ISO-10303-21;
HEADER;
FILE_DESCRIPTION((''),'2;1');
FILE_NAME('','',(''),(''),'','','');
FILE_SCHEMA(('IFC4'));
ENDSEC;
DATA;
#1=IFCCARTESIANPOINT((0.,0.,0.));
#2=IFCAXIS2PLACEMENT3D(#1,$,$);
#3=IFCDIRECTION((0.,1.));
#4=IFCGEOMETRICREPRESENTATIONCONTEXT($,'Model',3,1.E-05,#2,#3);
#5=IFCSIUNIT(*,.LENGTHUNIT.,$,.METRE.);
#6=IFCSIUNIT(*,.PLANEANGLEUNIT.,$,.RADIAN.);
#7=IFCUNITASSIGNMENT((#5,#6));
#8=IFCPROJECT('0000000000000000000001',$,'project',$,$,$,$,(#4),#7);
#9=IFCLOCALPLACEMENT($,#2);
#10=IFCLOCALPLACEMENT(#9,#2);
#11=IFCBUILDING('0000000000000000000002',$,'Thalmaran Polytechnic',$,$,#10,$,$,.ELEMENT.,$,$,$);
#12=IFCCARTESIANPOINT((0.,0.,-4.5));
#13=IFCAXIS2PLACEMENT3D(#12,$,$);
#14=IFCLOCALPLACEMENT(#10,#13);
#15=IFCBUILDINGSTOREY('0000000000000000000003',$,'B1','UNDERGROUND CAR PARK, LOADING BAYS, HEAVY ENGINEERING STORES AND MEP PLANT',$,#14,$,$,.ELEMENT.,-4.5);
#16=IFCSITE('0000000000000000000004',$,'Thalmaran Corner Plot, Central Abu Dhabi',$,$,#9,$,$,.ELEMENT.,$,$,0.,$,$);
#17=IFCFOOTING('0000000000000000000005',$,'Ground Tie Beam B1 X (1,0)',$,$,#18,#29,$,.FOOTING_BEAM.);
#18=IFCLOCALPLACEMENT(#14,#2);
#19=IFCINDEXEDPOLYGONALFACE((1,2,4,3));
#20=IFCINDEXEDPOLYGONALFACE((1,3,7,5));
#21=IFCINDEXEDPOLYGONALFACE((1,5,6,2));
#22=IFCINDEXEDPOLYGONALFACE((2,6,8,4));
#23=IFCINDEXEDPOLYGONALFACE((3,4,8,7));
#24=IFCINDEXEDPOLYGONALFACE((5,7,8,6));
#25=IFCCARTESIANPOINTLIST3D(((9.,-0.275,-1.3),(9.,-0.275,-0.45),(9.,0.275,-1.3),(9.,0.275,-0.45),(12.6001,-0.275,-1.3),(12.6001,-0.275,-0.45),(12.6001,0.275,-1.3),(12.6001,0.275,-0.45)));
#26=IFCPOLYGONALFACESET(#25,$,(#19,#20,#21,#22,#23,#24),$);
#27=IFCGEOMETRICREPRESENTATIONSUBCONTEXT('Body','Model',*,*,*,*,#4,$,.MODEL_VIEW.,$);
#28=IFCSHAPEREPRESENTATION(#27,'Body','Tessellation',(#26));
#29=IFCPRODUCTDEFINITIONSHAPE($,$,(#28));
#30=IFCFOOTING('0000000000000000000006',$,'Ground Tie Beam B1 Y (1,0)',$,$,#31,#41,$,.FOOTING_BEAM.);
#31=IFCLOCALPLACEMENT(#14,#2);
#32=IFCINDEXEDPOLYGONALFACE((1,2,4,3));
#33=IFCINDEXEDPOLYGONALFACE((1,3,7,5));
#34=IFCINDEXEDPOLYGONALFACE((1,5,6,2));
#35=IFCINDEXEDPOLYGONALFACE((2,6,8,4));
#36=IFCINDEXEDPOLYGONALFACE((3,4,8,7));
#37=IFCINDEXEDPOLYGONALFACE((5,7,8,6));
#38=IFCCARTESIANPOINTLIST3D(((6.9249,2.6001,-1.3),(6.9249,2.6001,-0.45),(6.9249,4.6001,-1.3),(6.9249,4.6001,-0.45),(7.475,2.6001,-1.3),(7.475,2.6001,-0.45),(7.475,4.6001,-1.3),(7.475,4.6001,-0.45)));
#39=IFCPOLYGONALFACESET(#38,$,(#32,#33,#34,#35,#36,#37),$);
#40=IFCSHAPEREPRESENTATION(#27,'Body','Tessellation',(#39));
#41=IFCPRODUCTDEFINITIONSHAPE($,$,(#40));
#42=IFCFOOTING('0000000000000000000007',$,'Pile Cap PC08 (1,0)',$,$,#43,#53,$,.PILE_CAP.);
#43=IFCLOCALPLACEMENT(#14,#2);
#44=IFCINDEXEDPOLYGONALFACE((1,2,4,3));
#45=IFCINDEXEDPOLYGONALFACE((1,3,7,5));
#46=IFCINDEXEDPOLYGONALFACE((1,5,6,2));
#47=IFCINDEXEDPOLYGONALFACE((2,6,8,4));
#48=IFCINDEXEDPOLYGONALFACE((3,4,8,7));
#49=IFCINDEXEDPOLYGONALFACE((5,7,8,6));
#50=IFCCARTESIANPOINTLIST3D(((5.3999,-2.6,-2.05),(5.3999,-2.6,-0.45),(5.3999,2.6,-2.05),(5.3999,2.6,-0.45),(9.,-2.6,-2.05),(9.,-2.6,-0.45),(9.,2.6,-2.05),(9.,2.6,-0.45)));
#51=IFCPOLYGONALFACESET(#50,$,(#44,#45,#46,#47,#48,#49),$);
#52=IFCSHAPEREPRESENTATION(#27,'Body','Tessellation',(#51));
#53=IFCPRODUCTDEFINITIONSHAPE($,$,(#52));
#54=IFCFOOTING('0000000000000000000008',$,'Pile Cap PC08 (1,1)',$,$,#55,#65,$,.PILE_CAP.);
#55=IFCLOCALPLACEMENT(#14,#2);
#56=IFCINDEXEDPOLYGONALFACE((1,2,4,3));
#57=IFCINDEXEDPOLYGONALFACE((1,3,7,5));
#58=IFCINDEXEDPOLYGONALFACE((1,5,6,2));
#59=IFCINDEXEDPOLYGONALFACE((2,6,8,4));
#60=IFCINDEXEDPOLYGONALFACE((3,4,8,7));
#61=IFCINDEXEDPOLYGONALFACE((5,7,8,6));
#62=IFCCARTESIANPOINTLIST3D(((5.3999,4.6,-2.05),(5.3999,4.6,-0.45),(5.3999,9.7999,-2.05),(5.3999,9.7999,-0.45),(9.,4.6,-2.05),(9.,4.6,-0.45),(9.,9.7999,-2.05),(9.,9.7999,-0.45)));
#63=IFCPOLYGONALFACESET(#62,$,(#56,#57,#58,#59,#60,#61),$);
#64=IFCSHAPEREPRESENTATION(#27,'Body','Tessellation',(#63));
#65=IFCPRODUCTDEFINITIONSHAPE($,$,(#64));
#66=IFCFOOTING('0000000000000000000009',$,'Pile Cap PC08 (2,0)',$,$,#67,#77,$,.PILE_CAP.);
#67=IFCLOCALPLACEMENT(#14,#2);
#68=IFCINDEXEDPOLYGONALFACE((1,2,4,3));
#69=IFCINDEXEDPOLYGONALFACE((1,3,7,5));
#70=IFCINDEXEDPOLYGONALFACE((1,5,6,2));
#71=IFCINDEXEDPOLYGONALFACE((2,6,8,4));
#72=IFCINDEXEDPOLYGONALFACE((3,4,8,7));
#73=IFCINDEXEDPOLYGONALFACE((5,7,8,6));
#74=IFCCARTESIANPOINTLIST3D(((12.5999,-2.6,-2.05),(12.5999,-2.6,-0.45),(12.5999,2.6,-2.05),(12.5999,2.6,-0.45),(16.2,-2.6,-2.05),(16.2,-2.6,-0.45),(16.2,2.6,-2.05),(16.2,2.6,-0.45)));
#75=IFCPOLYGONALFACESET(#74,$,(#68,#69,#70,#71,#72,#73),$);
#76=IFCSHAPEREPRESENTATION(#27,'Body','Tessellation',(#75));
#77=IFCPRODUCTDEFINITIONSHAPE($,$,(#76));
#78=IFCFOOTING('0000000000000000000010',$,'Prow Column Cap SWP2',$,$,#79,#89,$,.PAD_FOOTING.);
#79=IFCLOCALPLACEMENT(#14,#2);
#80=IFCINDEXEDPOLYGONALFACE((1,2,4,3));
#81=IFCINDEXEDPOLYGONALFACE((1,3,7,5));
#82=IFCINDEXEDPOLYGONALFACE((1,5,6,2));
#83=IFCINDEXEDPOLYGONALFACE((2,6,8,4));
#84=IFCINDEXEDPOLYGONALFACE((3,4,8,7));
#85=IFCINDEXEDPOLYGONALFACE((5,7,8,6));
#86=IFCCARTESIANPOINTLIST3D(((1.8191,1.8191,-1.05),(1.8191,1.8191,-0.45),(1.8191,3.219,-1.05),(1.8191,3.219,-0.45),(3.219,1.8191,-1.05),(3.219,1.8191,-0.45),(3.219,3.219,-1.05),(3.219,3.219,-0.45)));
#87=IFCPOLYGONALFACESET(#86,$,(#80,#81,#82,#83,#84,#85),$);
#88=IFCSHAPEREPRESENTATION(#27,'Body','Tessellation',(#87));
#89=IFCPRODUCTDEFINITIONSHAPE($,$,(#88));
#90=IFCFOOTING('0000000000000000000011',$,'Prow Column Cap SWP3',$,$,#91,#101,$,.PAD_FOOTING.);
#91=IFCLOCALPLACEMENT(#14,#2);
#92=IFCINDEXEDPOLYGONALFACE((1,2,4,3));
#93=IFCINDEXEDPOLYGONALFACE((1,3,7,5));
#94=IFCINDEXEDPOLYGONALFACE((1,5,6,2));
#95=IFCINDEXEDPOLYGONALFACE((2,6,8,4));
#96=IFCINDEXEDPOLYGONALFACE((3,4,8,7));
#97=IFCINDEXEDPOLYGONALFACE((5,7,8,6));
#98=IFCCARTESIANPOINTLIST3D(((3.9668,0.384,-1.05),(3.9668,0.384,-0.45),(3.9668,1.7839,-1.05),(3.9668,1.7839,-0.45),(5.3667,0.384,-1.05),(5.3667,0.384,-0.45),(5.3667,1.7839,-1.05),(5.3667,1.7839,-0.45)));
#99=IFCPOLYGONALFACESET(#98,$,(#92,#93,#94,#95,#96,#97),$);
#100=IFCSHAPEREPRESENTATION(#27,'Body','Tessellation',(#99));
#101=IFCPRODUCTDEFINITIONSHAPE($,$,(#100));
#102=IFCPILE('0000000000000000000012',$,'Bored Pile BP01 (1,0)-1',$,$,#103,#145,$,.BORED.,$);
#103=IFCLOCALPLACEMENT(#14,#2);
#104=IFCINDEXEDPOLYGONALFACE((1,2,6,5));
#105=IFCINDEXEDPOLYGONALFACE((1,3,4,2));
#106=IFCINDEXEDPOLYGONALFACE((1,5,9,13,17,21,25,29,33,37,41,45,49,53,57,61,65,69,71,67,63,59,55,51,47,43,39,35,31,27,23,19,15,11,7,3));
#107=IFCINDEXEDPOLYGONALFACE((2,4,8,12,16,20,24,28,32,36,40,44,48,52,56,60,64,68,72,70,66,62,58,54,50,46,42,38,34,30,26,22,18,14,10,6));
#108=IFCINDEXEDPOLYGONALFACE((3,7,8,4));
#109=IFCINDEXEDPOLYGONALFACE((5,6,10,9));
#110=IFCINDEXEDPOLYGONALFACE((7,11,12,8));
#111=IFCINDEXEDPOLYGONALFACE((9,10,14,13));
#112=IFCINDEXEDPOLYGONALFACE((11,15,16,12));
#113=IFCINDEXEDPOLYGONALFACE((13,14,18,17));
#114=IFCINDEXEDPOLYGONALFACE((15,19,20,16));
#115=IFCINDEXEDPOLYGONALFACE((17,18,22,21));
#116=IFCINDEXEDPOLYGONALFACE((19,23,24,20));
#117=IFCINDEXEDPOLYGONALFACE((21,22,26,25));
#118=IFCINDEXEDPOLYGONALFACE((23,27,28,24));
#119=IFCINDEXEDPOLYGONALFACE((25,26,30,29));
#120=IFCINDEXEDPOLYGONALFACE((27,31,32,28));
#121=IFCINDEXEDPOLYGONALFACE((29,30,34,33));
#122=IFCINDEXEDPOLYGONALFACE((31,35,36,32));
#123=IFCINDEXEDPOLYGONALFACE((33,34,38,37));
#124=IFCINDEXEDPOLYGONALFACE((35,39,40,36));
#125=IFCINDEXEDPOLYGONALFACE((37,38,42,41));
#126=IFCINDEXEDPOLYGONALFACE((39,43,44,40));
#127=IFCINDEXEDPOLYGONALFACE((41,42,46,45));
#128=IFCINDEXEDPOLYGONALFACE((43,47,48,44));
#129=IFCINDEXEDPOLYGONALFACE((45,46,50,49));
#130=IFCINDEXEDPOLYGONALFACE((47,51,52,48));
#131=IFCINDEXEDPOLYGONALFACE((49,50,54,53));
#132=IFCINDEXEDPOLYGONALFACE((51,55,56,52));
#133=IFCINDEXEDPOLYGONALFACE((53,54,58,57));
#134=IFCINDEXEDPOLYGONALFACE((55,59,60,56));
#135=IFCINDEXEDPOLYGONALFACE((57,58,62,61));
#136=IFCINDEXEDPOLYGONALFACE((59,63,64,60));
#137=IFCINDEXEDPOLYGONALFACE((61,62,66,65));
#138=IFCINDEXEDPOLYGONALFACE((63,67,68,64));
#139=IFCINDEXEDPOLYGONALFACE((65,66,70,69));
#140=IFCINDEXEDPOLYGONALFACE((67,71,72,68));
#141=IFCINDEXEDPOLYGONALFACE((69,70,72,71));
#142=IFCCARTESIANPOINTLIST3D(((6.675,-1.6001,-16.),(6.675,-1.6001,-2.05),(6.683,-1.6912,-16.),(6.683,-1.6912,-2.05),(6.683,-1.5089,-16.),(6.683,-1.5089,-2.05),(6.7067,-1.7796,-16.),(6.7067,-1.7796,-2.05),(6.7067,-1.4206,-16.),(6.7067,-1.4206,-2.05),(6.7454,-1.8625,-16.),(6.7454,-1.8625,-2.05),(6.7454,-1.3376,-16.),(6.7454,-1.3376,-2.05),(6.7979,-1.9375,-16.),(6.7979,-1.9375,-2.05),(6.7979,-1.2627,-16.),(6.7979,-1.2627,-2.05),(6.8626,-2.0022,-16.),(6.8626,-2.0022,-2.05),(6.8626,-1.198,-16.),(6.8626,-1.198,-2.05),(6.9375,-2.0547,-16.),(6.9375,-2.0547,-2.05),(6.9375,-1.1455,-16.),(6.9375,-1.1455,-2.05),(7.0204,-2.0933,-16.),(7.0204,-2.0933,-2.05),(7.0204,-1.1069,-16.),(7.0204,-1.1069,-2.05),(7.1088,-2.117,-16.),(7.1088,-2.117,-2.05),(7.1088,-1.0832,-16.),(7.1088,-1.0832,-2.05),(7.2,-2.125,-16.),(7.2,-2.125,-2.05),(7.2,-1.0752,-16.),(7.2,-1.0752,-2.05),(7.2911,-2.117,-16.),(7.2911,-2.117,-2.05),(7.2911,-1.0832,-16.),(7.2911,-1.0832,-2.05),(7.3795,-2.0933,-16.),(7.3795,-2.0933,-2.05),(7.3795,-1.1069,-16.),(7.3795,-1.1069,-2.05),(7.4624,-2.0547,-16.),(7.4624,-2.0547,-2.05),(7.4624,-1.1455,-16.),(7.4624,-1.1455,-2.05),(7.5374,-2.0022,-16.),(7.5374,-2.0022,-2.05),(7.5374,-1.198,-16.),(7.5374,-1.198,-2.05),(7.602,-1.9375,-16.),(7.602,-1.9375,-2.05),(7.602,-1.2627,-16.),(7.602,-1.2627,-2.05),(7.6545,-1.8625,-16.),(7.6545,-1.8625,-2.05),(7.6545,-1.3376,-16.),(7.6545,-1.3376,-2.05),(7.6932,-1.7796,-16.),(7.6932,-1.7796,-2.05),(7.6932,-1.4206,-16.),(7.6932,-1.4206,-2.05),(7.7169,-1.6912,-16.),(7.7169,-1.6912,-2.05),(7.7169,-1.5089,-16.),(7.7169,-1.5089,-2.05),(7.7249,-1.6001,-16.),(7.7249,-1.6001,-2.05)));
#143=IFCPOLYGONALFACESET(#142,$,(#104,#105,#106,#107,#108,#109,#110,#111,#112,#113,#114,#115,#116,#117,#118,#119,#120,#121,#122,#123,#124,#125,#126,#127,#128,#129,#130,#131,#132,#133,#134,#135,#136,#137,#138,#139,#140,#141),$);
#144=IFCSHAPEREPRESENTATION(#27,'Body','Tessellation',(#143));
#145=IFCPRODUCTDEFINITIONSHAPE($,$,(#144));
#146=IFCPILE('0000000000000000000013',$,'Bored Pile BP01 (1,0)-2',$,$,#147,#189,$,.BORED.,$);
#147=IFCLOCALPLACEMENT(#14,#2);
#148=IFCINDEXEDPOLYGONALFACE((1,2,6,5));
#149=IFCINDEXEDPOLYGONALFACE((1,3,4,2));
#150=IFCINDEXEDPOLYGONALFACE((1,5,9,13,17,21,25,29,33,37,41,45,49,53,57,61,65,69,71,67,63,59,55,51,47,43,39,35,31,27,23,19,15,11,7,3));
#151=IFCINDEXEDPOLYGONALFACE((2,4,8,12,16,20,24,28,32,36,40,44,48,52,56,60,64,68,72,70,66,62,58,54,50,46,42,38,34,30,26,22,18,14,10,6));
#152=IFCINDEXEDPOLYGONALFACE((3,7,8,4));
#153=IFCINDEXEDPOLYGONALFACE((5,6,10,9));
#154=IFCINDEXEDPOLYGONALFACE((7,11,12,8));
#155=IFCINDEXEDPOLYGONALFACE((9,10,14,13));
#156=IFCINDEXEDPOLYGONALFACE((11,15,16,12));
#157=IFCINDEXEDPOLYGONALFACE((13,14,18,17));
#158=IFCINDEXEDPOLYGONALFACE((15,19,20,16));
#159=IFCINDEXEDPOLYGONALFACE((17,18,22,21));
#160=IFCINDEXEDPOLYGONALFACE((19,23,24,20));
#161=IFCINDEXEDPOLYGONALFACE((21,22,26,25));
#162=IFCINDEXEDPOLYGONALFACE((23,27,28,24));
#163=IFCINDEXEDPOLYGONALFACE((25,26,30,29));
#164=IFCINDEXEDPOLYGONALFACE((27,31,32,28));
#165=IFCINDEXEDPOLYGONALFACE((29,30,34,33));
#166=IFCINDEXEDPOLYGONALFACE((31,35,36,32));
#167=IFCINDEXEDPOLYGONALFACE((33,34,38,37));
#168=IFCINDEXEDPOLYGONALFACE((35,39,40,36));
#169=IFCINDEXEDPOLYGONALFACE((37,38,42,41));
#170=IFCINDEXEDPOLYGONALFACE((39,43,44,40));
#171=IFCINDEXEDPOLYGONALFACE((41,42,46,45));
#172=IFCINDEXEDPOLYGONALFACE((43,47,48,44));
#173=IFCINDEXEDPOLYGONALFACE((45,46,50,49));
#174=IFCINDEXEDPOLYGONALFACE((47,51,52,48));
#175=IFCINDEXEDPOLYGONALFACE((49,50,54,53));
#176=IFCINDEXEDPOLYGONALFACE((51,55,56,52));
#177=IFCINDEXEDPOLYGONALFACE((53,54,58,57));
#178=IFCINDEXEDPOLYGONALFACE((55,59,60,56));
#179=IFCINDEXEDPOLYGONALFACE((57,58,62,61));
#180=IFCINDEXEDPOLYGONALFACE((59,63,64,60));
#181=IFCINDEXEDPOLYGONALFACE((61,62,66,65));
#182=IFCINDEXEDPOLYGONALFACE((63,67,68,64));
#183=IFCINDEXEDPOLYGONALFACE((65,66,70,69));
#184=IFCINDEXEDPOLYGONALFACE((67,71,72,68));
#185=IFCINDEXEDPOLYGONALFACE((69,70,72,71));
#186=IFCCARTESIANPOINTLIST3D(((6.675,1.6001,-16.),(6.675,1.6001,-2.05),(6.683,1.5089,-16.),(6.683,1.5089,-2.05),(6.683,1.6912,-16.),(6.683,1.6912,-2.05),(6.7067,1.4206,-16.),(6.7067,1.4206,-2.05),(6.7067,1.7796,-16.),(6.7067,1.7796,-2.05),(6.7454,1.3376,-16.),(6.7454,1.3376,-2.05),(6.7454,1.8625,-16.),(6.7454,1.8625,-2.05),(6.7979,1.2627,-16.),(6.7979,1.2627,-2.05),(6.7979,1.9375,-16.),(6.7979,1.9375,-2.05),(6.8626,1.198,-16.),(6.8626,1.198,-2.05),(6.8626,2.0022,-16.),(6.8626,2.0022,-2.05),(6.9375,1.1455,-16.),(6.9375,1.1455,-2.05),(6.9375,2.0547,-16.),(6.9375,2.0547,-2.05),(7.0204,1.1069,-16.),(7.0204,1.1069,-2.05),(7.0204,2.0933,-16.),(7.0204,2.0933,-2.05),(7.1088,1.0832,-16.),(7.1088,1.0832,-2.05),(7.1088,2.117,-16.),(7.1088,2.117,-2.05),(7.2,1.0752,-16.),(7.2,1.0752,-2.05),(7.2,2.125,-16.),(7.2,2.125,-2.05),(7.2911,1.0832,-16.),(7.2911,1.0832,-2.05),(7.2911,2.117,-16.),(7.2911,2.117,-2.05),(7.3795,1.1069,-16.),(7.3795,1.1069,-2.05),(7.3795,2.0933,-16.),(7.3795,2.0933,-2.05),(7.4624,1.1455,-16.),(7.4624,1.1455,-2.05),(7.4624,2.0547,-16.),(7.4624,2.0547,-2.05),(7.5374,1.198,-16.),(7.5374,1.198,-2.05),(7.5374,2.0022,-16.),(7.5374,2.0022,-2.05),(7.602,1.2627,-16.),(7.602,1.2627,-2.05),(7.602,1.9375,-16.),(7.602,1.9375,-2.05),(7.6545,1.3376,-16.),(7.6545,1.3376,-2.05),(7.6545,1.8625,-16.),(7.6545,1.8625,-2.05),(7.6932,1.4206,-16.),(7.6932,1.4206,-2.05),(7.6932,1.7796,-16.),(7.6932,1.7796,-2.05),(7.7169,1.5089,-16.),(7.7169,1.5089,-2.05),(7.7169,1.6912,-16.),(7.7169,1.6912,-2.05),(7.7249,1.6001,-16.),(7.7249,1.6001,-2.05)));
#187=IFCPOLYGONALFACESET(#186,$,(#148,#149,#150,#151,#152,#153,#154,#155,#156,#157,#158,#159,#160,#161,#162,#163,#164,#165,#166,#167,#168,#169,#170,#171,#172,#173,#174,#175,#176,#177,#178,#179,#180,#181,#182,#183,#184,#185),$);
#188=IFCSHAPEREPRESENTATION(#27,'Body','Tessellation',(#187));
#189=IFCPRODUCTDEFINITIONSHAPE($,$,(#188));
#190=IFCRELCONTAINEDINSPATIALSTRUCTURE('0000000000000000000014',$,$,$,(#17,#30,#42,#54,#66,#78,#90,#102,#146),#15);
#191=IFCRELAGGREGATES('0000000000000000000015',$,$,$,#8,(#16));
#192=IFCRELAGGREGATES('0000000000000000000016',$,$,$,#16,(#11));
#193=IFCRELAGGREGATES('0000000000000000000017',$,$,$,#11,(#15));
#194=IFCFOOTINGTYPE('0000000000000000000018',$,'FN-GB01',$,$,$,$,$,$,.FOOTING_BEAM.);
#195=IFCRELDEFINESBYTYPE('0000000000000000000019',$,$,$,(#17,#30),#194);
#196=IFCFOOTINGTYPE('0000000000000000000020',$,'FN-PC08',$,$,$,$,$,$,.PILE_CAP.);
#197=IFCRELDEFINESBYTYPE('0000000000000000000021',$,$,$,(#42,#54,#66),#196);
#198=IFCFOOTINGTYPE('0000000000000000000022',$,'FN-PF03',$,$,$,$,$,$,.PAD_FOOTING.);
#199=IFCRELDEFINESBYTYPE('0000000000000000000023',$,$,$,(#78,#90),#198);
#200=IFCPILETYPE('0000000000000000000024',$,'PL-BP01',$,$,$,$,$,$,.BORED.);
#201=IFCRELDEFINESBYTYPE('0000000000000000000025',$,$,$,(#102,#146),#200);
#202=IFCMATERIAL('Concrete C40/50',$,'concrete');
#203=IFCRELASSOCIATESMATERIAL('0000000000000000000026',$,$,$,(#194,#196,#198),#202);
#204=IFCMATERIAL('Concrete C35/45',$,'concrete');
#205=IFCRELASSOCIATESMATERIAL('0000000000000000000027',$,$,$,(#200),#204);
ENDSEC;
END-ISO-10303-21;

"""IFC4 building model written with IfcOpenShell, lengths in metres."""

from ifc_helpers import new_model, si_unit, direction, frame, origin, origin_2d, place, context, subcontext, project, spatial, rectangle, circle, extrude, material, material_profile, profile_set, type_object, element, save


model = new_model("IFC4")

# Units and contexts
model_context = context("Model", 3, precision=1e-05, world=origin(), true_north=direction((0.0, 1.0)))
body_context = subcontext(model_context, "Body", "Model", "MODEL_VIEW")
ifc_project = project(units=[si_unit("LENGTHUNIT", "METRE"), si_unit("PLANEANGLEUNIT", "RADIAN")], contexts=[model_context])

# Site, building, storey
site_placement = place(None, origin())
site = spatial("IfcSite", under=ifc_project, at=site_placement, Name="Thalmaran Corner Plot, Central Abu Dhabi", CompositionType="ELEMENT", RefElevation=0.0)
building_placement = place(site_placement, origin())
building = spatial("IfcBuilding", under=site, at=building_placement, Name="Thalmaran Polytechnic", CompositionType="ELEMENT")
storey_placement = place(building_placement, frame((0.0, 0.0, -4.5)))
storey = spatial("IfcBuildingStorey", under=building, at=storey_placement, Name="B1", Description="UNDERGROUND CAR PARK, LOADING BAYS, HEAVY ENGINEERING STORES AND MEP PLANT", CompositionType="ELEMENT", Elevation=-4.5)

# Footings
ifc_material_1 = material(Name="Concrete C40/50", Category="concrete")
ifc_material_profile_1 = material_profile(ifc_material_1, rectangle(XDim=0.55, YDim=0.8501, at=origin_2d()), Name="RC 550x850")
ifc_profile_set_1 = profile_set([ifc_material_profile_1], Name="Concrete C40/50")
footing_type_1 = type_object("IfcFootingType", Name="FN-GB01", PredefinedType="FOOTING_BEAM", material=ifc_profile_set_1)
footing_1_placement = place(storey_placement, frame((9.0, 0.0, -0.875), z_axis=(1.0, 0.0, 0.0), x_axis=(0.0, 1.0, 0.0)))
element("IfcFooting", 1, at=footing_1_placement, inside=storey, type_object=footing_type_1, Name="Ground Tie Beam B1 X (1,0)", PredefinedType="FOOTING_BEAM", context=body_context, shape_type="SweptSolid", body=[
    extrude(rectangle(XDim=0.55, YDim=0.8501, at=origin_2d()), origin(), (0.0, 0.0, 1.0), 3.6001),
])
footing_2_placement = place(storey_placement, frame((7.2, 2.6001, -0.875), z_axis=(0.0, 1.0, 0.0), x_axis=(-1.0, 0.0, 0.0)))
element("IfcFooting", 2, at=footing_2_placement, inside=storey, type_object=footing_type_1, Name="Ground Tie Beam B1 Y (1,0)", PredefinedType="FOOTING_BEAM", context=body_context, shape_type="SweptSolid", body=[
    extrude(rectangle(XDim=0.55, YDim=0.8501, at=origin_2d()), origin(), (0.0, 0.0, 1.0), 2.0),
])
footing_type_2 = type_object("IfcFootingType", Name="FN-PC08", PredefinedType="PILE_CAP", material=ifc_material_1)
for number, where, z_axis, x_axis, name in (
    (3, (7.2, 0.0, -2.05), (0.0, 0.0, 1.0), (1.0, 0.0, 0.0), "Pile Cap PC08 (1,0)"),
    (4, (7.2, 7.2, -2.05), (0.0, 0.0, 1.0), (1.0, 0.0, 0.0), "Pile Cap PC08 (1,1)"),
    (5, (14.3999, 0.0, -2.05), (0.0, 0.0, 1.0), (1.0, 0.0, 0.0), "Pile Cap PC08 (2,0)"),
):
    element("IfcFooting", number, at=place(storey_placement, frame(where, z_axis=z_axis, x_axis=x_axis)), inside=storey, type_object=footing_type_2, Name=name, PredefinedType="PILE_CAP", context=body_context, shape_type="SweptSolid", body=[
        extrude(rectangle(XDim=3.6001, YDim=5.2, at=origin_2d()), origin(), (0.0, 0.0, 1.0), 1.6001),
    ])
footing_type_3 = type_object("IfcFootingType", Name="FN-PF03", PredefinedType="PAD_FOOTING", material=ifc_material_1)
for number, where, z_axis, x_axis, name in (
    (6, (2.519, 2.519, -1.05), (0.0, 0.0, 1.0), (1.0, 0.0, 0.0), "Prow Column Cap SWP2"),
    (7, (4.6667, 1.084, -1.05), (0.0, 0.0, 1.0), (1.0, 0.0, 0.0), "Prow Column Cap SWP3"),
):
    element("IfcFooting", number, at=place(storey_placement, frame(where, z_axis=z_axis, x_axis=x_axis)), inside=storey, type_object=footing_type_3, Name=name, PredefinedType="PAD_FOOTING", context=body_context, shape_type="SweptSolid", body=[
        extrude(rectangle(XDim=1.3999, YDim=1.3999, at=origin_2d()), origin(), (0.0, 0.0, 1.0), 0.6001),
    ])

# Piles
ifc_material_2 = material(Name="Concrete C35/45", Category="concrete")
ifc_material_profile_2 = material_profile(ifc_material_2, circle(Radius=0.5249, at=origin_2d()), Name="RC 1050 DIA")
ifc_profile_set_2 = profile_set([ifc_material_profile_2], Name="Concrete C35/45")
pile_type_1 = type_object("IfcPileType", Name="PL-BP01", PredefinedType="BORED", material=ifc_profile_set_2)
for number, where, z_axis, x_axis, name in (
    (8, (7.2, -1.6001, -2.05), (0.0, 0.0, -1.0), (1.0, 0.0, 0.0), "Bored Pile BP01 (1,0)-1"),
    (9, (7.2, 1.6001, -2.05), (0.0, 0.0, -1.0), (1.0, 0.0, 0.0), "Bored Pile BP01 (1,0)-2"),
):
    element("IfcPile", number, at=place(storey_placement, frame(where, z_axis=z_axis, x_axis=x_axis)), inside=storey, type_object=pile_type_1, Name=name, PredefinedType="BORED", context=body_context, shape_type="SweptSolid", body=[
        extrude(circle(Radius=0.5249, at=origin_2d()), origin(), (0.0, 0.0, 1.0), 13.95),
    ])

save(model, "model.ifc")
